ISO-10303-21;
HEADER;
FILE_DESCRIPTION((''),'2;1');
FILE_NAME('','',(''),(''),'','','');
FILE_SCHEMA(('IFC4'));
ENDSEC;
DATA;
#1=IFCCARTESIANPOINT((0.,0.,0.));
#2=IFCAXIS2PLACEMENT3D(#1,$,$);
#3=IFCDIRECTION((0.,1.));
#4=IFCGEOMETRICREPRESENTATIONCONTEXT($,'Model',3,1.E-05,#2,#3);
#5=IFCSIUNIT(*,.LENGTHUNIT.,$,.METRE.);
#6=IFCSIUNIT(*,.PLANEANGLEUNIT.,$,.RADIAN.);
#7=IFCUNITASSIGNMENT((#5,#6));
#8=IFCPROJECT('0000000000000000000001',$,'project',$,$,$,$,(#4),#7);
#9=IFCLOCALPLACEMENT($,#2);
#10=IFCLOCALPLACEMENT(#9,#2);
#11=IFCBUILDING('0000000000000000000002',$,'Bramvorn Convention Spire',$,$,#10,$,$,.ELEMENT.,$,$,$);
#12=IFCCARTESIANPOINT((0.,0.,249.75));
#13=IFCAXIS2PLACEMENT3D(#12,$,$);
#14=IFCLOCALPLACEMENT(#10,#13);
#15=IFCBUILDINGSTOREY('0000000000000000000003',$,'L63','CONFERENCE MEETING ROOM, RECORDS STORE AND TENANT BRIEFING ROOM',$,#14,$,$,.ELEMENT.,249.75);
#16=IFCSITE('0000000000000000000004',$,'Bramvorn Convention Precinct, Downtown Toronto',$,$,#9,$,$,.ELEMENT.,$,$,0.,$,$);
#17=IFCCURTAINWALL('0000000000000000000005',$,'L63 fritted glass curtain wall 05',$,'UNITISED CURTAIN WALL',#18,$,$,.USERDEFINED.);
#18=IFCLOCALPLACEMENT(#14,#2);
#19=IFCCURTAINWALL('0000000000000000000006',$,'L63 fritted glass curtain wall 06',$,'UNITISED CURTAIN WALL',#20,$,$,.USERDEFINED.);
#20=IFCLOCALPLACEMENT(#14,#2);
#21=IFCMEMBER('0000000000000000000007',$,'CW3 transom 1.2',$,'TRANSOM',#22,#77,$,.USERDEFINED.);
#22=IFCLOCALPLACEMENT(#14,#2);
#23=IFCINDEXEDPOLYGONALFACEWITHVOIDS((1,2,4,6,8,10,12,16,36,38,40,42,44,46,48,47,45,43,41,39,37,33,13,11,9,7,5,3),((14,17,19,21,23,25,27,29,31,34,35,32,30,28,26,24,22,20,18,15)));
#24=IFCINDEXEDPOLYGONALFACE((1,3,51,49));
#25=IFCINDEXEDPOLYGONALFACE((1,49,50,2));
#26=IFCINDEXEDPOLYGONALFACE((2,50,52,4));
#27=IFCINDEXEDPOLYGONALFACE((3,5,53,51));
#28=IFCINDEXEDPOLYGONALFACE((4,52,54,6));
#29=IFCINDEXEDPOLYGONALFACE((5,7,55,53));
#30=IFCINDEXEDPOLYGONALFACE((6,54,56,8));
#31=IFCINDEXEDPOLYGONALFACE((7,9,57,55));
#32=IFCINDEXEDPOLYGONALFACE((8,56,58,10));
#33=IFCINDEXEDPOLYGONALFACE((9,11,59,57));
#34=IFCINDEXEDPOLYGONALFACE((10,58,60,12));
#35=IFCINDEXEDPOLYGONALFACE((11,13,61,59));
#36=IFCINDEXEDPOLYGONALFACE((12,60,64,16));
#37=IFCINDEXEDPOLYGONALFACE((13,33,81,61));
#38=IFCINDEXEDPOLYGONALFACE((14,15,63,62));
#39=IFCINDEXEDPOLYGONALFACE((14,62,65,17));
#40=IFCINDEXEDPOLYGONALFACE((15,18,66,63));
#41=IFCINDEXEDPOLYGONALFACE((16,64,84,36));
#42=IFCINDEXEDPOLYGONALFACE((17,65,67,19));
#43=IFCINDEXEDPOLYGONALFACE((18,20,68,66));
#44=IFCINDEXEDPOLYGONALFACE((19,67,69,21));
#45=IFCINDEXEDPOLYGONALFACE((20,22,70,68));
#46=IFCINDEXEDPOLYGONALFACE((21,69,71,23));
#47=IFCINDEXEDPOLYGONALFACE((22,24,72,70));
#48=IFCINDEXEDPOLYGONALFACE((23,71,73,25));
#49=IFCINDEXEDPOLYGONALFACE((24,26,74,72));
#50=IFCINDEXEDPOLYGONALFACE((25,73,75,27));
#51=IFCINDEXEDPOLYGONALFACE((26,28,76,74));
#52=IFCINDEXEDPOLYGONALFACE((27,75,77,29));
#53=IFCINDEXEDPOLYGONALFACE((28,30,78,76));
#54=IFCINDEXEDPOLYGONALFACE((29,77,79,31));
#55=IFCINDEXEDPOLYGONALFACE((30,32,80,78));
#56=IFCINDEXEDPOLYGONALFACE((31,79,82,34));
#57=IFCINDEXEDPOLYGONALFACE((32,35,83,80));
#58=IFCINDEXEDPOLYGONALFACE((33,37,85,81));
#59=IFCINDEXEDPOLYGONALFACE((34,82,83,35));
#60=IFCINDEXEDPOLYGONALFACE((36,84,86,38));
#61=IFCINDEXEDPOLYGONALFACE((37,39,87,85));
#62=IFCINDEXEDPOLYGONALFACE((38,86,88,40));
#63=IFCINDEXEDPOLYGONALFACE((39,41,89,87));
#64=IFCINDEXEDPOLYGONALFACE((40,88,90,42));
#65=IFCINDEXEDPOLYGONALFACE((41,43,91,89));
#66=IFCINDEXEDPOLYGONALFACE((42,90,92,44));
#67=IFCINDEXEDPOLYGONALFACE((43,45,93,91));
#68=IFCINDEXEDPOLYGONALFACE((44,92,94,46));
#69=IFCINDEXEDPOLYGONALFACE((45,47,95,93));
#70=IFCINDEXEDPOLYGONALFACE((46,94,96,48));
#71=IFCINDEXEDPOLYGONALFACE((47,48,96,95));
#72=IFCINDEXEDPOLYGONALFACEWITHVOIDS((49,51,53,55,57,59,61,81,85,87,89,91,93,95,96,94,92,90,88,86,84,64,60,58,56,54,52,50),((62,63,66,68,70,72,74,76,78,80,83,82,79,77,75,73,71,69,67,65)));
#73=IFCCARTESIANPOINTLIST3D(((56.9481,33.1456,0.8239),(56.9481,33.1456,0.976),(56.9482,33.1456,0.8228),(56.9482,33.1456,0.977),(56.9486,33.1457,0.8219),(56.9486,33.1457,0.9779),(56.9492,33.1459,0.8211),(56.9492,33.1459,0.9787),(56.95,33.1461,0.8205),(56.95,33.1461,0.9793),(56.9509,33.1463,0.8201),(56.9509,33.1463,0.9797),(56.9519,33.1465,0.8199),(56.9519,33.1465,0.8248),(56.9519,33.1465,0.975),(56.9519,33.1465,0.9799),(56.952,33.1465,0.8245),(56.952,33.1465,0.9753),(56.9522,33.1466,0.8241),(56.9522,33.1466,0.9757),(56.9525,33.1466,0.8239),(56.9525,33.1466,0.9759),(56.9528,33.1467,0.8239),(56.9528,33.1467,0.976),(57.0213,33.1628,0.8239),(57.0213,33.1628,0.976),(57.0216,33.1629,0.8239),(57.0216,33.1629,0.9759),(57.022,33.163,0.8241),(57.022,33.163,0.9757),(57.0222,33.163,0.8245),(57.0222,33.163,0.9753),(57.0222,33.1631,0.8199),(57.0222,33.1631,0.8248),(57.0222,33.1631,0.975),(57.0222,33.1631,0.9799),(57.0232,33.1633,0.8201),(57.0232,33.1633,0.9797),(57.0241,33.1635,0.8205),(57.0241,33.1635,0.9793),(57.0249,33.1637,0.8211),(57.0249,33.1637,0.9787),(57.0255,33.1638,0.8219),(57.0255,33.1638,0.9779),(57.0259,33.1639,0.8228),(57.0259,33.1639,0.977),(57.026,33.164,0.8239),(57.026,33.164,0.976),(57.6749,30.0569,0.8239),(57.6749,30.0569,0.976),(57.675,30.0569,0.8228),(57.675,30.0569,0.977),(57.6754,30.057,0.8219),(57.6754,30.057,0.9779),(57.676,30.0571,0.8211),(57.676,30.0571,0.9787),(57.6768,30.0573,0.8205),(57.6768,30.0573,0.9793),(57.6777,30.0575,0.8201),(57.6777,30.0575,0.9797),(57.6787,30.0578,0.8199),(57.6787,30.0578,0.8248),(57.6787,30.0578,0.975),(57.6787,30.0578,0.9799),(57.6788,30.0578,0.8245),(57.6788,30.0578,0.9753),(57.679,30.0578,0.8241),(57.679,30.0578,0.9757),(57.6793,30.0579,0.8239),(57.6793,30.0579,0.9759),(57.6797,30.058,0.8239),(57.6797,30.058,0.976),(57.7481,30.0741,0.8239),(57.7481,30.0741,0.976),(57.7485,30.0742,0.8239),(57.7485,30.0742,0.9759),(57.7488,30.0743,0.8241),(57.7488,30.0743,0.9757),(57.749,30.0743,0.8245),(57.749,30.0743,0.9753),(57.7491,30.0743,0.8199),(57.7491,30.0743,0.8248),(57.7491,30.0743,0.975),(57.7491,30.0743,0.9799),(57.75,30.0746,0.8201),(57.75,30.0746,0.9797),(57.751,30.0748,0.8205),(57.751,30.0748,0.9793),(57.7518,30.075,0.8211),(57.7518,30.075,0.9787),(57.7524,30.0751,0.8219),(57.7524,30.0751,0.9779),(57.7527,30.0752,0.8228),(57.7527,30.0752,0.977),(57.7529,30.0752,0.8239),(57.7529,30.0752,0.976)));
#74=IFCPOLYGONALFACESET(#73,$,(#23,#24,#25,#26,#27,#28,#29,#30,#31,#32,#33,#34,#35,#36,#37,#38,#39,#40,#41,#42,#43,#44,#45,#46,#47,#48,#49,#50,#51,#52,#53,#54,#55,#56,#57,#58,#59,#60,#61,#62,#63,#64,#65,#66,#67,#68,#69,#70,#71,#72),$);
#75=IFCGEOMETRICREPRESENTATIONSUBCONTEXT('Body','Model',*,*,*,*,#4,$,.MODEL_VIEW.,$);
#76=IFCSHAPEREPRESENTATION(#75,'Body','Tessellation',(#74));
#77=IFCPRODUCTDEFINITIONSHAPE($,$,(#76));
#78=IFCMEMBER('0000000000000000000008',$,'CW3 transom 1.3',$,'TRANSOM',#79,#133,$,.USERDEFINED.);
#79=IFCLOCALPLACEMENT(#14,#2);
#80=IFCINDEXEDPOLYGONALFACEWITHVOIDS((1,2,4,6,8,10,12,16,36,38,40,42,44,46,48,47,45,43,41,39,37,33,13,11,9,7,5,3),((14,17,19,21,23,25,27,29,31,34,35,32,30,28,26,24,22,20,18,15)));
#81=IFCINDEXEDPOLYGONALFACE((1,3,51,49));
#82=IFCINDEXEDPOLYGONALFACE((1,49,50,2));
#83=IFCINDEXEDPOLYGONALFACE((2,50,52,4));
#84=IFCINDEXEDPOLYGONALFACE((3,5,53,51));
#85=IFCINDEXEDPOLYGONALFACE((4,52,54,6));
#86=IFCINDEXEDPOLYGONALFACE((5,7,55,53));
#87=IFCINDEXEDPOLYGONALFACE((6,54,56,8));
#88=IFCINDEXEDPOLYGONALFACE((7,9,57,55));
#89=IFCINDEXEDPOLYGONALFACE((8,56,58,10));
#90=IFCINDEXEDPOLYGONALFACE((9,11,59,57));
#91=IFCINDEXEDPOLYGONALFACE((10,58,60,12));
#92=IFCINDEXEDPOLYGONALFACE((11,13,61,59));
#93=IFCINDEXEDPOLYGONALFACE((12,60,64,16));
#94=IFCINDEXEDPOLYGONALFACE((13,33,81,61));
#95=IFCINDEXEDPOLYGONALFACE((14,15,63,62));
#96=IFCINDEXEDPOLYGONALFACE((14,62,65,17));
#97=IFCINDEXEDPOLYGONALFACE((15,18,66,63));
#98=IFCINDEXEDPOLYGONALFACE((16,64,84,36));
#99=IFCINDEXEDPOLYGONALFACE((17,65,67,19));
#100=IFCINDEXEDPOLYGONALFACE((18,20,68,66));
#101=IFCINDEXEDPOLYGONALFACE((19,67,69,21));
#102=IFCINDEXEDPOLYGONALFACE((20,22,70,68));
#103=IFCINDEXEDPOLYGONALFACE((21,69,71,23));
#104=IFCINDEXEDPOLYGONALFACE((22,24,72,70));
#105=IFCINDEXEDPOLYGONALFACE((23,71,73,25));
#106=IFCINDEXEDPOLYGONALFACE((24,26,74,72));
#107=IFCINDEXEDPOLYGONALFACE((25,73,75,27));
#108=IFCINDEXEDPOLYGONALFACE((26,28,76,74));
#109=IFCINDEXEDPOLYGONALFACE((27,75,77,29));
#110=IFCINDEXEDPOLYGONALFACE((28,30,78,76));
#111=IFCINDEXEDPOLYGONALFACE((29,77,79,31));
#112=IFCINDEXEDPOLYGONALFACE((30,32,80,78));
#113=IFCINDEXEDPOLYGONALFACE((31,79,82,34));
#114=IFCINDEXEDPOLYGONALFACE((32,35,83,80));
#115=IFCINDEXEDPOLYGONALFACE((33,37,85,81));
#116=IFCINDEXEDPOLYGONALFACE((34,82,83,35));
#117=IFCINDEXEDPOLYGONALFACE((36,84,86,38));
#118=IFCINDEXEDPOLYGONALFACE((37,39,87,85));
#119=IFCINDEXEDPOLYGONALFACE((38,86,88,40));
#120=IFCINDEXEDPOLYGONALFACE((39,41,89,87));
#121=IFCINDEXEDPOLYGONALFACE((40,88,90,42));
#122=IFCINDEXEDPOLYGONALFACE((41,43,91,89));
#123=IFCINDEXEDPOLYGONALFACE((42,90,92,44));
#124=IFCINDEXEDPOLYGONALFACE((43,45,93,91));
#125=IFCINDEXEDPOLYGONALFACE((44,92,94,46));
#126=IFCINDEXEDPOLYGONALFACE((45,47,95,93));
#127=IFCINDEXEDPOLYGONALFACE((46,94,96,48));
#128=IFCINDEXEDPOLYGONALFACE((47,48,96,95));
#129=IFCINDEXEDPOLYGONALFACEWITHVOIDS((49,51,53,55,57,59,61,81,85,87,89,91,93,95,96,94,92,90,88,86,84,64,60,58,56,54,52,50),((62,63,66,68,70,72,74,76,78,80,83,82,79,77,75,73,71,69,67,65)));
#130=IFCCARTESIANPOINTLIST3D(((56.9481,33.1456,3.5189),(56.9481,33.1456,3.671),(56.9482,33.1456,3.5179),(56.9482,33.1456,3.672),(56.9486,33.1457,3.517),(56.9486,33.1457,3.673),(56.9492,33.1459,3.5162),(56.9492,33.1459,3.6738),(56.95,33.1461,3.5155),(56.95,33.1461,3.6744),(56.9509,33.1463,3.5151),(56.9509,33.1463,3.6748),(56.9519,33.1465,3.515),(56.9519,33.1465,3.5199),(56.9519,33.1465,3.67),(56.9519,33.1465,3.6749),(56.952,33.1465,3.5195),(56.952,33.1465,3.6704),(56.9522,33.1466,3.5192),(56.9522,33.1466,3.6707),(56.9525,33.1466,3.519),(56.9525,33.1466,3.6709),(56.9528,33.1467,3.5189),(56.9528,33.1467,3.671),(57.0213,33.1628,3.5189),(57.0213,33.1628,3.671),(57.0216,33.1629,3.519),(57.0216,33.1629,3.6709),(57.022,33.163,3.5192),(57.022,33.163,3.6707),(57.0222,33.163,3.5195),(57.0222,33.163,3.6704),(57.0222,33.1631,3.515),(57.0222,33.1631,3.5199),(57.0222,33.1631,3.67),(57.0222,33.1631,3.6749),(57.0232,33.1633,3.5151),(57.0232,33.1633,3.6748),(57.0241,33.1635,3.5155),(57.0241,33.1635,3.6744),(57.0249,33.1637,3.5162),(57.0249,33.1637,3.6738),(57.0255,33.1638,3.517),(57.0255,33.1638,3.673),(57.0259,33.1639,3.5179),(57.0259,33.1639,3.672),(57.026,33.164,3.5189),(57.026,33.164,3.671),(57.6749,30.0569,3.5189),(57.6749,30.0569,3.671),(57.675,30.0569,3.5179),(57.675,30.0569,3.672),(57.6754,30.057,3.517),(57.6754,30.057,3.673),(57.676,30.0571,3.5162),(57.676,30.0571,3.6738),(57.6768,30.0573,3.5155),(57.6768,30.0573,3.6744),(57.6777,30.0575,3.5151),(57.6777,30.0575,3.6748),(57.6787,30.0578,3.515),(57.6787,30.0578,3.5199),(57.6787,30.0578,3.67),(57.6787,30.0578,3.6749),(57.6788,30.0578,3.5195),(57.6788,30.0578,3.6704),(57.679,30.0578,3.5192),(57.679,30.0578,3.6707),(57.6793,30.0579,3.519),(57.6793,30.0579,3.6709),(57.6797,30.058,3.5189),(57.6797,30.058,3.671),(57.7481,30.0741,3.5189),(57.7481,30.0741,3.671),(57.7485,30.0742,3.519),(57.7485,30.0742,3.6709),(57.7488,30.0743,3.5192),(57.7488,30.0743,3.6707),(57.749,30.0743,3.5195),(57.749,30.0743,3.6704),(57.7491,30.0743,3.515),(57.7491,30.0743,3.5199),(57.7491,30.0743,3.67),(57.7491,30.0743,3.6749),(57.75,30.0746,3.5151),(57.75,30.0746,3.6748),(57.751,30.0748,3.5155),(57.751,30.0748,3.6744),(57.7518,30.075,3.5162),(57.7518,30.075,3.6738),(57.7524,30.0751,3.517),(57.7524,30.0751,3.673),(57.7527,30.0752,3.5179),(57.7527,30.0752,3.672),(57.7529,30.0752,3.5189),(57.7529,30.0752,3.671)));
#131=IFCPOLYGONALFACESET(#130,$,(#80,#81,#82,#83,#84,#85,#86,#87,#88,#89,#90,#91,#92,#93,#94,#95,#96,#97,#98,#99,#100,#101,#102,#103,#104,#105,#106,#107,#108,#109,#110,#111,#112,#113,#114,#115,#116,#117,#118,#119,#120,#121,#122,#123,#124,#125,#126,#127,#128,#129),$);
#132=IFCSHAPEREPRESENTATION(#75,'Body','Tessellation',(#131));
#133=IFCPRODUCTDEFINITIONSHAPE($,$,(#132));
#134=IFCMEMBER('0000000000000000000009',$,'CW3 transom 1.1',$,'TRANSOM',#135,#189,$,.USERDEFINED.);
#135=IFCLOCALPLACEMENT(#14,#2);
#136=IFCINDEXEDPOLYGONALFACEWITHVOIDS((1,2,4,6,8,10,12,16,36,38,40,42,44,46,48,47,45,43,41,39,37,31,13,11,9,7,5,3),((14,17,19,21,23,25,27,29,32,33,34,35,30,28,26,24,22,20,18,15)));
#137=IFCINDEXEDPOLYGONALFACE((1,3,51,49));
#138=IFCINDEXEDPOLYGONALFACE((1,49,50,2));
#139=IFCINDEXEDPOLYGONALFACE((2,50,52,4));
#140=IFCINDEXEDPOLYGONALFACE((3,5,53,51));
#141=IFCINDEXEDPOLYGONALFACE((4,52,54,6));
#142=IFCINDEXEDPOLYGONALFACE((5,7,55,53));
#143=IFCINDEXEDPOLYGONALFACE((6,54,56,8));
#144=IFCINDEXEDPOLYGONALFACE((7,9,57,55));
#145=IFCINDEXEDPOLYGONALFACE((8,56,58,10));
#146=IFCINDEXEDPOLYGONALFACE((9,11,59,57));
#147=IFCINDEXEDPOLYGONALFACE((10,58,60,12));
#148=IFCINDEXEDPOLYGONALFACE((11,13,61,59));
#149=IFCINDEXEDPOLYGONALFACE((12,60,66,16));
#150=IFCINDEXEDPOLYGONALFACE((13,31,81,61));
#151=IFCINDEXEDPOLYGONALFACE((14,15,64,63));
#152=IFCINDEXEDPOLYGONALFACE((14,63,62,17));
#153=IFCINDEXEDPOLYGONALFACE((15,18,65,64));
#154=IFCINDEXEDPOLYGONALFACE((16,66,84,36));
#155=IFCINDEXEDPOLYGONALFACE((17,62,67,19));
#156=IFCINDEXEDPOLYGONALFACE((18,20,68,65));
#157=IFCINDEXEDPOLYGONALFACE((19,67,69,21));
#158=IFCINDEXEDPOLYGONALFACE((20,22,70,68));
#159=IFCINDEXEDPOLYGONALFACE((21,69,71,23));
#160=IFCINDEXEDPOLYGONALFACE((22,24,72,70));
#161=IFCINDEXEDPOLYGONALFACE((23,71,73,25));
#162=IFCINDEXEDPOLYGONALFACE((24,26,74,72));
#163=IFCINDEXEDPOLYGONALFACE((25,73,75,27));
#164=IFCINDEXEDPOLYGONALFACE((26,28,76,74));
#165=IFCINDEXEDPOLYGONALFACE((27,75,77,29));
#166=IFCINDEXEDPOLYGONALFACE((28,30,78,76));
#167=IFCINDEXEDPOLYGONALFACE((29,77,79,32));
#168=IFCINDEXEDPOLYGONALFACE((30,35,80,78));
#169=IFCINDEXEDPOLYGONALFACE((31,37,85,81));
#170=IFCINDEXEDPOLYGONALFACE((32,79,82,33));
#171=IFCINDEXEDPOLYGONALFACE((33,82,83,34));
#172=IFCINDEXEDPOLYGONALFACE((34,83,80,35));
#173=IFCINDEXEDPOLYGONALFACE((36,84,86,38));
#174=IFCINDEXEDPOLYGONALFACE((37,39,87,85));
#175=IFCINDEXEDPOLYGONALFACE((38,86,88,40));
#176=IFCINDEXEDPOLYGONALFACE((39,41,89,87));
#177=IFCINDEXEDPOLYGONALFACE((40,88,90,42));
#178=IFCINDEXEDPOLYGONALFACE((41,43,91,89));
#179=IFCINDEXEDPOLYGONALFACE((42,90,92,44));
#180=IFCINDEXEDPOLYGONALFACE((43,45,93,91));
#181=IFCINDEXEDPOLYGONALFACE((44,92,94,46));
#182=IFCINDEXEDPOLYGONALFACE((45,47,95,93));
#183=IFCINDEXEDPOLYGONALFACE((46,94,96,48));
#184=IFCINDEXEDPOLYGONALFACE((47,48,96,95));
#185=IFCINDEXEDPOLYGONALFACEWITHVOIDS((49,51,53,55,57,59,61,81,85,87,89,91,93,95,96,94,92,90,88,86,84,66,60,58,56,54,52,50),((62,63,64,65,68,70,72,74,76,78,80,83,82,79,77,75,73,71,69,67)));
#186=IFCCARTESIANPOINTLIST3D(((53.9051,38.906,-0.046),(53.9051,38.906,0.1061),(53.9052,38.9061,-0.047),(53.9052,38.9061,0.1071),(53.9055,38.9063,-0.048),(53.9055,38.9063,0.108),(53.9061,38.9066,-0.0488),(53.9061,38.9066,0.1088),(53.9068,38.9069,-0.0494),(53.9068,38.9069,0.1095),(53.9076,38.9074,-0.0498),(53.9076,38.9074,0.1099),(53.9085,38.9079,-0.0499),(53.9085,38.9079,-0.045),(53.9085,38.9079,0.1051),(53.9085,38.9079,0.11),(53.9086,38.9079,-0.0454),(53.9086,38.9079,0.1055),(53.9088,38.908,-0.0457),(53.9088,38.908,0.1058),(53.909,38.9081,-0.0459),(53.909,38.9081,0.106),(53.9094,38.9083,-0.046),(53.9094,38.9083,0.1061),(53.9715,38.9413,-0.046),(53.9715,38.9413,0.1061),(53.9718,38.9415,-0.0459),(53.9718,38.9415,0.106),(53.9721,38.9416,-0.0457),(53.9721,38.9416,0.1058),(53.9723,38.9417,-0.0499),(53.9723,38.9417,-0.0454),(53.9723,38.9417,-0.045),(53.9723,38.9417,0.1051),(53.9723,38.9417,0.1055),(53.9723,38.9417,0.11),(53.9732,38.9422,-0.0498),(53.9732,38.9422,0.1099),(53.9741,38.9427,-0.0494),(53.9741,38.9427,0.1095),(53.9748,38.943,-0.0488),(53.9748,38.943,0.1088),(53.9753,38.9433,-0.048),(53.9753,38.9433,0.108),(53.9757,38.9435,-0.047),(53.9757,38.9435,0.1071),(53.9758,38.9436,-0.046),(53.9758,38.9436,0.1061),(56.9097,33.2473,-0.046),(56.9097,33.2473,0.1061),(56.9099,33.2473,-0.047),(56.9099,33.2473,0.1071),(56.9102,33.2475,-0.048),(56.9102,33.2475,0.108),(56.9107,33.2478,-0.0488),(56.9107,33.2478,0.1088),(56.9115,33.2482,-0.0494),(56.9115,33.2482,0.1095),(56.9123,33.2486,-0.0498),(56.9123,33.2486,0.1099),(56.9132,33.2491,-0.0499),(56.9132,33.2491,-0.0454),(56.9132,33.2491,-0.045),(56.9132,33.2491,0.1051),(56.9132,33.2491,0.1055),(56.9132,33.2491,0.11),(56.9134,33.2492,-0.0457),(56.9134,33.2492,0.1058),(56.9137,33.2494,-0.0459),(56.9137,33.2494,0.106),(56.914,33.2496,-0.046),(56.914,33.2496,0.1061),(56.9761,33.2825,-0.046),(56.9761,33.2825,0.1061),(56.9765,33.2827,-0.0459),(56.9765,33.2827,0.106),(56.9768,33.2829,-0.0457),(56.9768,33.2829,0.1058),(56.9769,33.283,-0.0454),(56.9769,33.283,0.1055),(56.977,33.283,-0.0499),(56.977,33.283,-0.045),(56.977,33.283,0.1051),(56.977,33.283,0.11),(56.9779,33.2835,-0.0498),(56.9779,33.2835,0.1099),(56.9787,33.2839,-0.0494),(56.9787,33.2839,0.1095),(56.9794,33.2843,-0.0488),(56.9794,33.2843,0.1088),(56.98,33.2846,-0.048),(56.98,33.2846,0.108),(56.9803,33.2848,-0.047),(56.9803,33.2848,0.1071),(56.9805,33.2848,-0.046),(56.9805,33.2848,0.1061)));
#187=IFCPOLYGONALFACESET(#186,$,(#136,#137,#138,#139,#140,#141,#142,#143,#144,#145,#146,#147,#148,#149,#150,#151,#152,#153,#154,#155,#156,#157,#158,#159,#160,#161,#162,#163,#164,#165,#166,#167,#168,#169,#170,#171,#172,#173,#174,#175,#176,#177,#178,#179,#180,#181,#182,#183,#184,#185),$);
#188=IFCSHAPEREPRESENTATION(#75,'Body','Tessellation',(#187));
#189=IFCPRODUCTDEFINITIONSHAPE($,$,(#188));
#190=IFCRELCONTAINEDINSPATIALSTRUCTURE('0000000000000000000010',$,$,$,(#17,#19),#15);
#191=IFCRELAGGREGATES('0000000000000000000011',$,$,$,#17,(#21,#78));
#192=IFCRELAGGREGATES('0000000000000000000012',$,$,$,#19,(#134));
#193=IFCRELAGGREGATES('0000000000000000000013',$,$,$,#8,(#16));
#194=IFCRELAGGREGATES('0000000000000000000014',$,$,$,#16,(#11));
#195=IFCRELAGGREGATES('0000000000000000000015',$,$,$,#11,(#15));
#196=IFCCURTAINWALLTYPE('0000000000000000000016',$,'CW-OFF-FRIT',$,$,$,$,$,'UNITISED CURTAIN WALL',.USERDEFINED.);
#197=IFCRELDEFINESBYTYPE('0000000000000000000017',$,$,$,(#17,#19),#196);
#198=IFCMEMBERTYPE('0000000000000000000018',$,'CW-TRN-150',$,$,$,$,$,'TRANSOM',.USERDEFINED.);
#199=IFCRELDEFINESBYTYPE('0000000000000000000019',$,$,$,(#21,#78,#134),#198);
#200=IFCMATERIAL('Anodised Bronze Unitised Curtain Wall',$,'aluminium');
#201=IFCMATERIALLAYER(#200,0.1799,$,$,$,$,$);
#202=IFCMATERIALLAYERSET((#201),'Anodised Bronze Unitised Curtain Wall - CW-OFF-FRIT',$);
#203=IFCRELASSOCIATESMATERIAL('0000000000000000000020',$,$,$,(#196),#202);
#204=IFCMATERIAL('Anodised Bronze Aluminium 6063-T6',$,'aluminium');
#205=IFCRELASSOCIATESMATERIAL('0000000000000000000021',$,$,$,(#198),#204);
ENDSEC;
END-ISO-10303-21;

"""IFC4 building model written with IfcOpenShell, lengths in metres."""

from ifc_helpers import new_model, si_unit, direction, frame, origin, origin_2d, place, context, subcontext, project, spatial, hollow_rectangle, extrude, material, layer, layer_set, material_profile, profile_set, type_object, element, aggregate, save


model = new_model("IFC4")

# Units and contexts
model_context = context("Model", 3, precision=1e-05, world=origin(), true_north=direction((0.0, 1.0)))
body_context = subcontext(model_context, "Body", "Model", "MODEL_VIEW")
ifc_project = project(units=[si_unit("LENGTHUNIT", "METRE"), si_unit("PLANEANGLEUNIT", "RADIAN")], contexts=[model_context])

# Site, building, storey
site_placement = place(None, origin())
site = spatial("IfcSite", under=ifc_project, at=site_placement, Name="Bramvorn Convention Precinct, Downtown Toronto", CompositionType="ELEMENT", RefElevation=0.0)
building_placement = place(site_placement, origin())
building = spatial("IfcBuilding", under=site, at=building_placement, Name="Bramvorn Convention Spire", CompositionType="ELEMENT")
storey_placement = place(building_placement, frame((0.0, 0.0, 249.75)))
storey = spatial("IfcBuildingStorey", under=building, at=storey_placement, Name="L63", Description="CONFERENCE MEETING ROOM, RECORDS STORE AND TENANT BRIEFING ROOM", CompositionType="ELEMENT", Elevation=249.75)

# Curtain wall
ifc_material_1 = material(Name="Anodised Bronze Unitised Curtain Wall", Category="aluminium")
ifc_layer_1 = layer(ifc_material_1, 0.1799)
ifc_layer_set_1 = layer_set([ifc_layer_1], Name="Anodised Bronze Unitised Curtain Wall - CW-OFF-FRIT")
curtain_wall_type = type_object("IfcCurtainWallType", Name="CW-OFF-FRIT", ElementType="UNITISED CURTAIN WALL", PredefinedType="USERDEFINED", material=ifc_layer_set_1)
curtain_wall_1_placement = place(storey_placement, origin())
curtain_wall_1 = element("IfcCurtainWall", 1, at=curtain_wall_1_placement, inside=storey, type_object=curtain_wall_type, Name="L63 fritted glass curtain wall 05", ObjectType="UNITISED CURTAIN WALL", PredefinedType="USERDEFINED")
ifc_material_2 = material(Name="Anodised Bronze Aluminium 6063-T6", Category="aluminium")

# Curtain wall
curtain_wall_2_placement = place(storey_placement, origin())
curtain_wall_2 = element("IfcCurtainWall", 2, at=curtain_wall_2_placement, inside=storey, type_object=curtain_wall_type, Name="L63 fritted glass curtain wall 06", ObjectType="UNITISED CURTAIN WALL", PredefinedType="USERDEFINED")

# Members
ifc_material_profile_1 = material_profile(ifc_material_2, hollow_rectangle(XDim=0.0801, YDim=0.1599, WallThickness=0.0039, InnerFilletRadius=0.001, OuterFilletRadius=0.0039, at=origin_2d()))
ifc_profile_set_1 = profile_set([ifc_material_profile_1], Name="Anodised Bronze Aluminium 6063-T6 - CWT80X160")
member_type_1 = type_object("IfcMemberType", Name="CW-TRN-150", ElementType="TRANSOM", PredefinedType="USERDEFINED", material=ifc_profile_set_1)
member_1_placement = place(storey_placement, frame((56.9871, 33.1548, 0.8999), z_axis=(0.229061, -0.973412, 0.0), x_axis=(0.973412, 0.229061, 0.0)))
member_1 = element("IfcMember", 3, at=member_1_placement, type_object=member_type_1, Name="CW3 transom 1.2", ObjectType="TRANSOM", PredefinedType="USERDEFINED", context=body_context, shape_type="SweptSolid", body=[
    extrude(hollow_rectangle(XDim=0.0801, YDim=0.1599, WallThickness=0.0039, InnerFilletRadius=0.001, OuterFilletRadius=0.0039, at=origin_2d()), origin(), (0.0, 0.0, 1.0), 3.1731),
])
member_2_placement = place(storey_placement, frame((56.9871, 33.1548, 3.595), z_axis=(0.229061, -0.973412, 0.0), x_axis=(0.973412, 0.229061, 0.0)))
member_2 = element("IfcMember", 4, at=member_2_placement, type_object=member_type_1, Name="CW3 transom 1.3", ObjectType="TRANSOM", PredefinedType="USERDEFINED", context=body_context, shape_type="SweptSolid", body=[
    extrude(hollow_rectangle(XDim=0.0801, YDim=0.1599, WallThickness=0.0039, InnerFilletRadius=0.001, OuterFilletRadius=0.0039, at=origin_2d()), origin(), (0.0, 0.0, 1.0), 3.1731),
])
member_3_placement = place(storey_placement, frame((53.9404, 38.9248, 0.03), z_axis=(0.468968, -0.883215, 0.0), x_axis=(0.883215, 0.468968, 0.0)))
member_3 = element("IfcMember", 5, at=member_3_placement, type_object=member_type_1, Name="CW3 transom 1.1", ObjectType="TRANSOM", PredefinedType="USERDEFINED", context=body_context, shape_type="SweptSolid", body=[
    extrude(hollow_rectangle(XDim=0.0801, YDim=0.1599, WallThickness=0.0039, InnerFilletRadius=0.001, OuterFilletRadius=0.0039, at=origin_2d()), origin(), (0.0, 0.0, 1.0), 6.407),
])

aggregate(curtain_wall_1, [member_1, member_2])
aggregate(curtain_wall_2, [member_3])

save(model, "model.ifc")
